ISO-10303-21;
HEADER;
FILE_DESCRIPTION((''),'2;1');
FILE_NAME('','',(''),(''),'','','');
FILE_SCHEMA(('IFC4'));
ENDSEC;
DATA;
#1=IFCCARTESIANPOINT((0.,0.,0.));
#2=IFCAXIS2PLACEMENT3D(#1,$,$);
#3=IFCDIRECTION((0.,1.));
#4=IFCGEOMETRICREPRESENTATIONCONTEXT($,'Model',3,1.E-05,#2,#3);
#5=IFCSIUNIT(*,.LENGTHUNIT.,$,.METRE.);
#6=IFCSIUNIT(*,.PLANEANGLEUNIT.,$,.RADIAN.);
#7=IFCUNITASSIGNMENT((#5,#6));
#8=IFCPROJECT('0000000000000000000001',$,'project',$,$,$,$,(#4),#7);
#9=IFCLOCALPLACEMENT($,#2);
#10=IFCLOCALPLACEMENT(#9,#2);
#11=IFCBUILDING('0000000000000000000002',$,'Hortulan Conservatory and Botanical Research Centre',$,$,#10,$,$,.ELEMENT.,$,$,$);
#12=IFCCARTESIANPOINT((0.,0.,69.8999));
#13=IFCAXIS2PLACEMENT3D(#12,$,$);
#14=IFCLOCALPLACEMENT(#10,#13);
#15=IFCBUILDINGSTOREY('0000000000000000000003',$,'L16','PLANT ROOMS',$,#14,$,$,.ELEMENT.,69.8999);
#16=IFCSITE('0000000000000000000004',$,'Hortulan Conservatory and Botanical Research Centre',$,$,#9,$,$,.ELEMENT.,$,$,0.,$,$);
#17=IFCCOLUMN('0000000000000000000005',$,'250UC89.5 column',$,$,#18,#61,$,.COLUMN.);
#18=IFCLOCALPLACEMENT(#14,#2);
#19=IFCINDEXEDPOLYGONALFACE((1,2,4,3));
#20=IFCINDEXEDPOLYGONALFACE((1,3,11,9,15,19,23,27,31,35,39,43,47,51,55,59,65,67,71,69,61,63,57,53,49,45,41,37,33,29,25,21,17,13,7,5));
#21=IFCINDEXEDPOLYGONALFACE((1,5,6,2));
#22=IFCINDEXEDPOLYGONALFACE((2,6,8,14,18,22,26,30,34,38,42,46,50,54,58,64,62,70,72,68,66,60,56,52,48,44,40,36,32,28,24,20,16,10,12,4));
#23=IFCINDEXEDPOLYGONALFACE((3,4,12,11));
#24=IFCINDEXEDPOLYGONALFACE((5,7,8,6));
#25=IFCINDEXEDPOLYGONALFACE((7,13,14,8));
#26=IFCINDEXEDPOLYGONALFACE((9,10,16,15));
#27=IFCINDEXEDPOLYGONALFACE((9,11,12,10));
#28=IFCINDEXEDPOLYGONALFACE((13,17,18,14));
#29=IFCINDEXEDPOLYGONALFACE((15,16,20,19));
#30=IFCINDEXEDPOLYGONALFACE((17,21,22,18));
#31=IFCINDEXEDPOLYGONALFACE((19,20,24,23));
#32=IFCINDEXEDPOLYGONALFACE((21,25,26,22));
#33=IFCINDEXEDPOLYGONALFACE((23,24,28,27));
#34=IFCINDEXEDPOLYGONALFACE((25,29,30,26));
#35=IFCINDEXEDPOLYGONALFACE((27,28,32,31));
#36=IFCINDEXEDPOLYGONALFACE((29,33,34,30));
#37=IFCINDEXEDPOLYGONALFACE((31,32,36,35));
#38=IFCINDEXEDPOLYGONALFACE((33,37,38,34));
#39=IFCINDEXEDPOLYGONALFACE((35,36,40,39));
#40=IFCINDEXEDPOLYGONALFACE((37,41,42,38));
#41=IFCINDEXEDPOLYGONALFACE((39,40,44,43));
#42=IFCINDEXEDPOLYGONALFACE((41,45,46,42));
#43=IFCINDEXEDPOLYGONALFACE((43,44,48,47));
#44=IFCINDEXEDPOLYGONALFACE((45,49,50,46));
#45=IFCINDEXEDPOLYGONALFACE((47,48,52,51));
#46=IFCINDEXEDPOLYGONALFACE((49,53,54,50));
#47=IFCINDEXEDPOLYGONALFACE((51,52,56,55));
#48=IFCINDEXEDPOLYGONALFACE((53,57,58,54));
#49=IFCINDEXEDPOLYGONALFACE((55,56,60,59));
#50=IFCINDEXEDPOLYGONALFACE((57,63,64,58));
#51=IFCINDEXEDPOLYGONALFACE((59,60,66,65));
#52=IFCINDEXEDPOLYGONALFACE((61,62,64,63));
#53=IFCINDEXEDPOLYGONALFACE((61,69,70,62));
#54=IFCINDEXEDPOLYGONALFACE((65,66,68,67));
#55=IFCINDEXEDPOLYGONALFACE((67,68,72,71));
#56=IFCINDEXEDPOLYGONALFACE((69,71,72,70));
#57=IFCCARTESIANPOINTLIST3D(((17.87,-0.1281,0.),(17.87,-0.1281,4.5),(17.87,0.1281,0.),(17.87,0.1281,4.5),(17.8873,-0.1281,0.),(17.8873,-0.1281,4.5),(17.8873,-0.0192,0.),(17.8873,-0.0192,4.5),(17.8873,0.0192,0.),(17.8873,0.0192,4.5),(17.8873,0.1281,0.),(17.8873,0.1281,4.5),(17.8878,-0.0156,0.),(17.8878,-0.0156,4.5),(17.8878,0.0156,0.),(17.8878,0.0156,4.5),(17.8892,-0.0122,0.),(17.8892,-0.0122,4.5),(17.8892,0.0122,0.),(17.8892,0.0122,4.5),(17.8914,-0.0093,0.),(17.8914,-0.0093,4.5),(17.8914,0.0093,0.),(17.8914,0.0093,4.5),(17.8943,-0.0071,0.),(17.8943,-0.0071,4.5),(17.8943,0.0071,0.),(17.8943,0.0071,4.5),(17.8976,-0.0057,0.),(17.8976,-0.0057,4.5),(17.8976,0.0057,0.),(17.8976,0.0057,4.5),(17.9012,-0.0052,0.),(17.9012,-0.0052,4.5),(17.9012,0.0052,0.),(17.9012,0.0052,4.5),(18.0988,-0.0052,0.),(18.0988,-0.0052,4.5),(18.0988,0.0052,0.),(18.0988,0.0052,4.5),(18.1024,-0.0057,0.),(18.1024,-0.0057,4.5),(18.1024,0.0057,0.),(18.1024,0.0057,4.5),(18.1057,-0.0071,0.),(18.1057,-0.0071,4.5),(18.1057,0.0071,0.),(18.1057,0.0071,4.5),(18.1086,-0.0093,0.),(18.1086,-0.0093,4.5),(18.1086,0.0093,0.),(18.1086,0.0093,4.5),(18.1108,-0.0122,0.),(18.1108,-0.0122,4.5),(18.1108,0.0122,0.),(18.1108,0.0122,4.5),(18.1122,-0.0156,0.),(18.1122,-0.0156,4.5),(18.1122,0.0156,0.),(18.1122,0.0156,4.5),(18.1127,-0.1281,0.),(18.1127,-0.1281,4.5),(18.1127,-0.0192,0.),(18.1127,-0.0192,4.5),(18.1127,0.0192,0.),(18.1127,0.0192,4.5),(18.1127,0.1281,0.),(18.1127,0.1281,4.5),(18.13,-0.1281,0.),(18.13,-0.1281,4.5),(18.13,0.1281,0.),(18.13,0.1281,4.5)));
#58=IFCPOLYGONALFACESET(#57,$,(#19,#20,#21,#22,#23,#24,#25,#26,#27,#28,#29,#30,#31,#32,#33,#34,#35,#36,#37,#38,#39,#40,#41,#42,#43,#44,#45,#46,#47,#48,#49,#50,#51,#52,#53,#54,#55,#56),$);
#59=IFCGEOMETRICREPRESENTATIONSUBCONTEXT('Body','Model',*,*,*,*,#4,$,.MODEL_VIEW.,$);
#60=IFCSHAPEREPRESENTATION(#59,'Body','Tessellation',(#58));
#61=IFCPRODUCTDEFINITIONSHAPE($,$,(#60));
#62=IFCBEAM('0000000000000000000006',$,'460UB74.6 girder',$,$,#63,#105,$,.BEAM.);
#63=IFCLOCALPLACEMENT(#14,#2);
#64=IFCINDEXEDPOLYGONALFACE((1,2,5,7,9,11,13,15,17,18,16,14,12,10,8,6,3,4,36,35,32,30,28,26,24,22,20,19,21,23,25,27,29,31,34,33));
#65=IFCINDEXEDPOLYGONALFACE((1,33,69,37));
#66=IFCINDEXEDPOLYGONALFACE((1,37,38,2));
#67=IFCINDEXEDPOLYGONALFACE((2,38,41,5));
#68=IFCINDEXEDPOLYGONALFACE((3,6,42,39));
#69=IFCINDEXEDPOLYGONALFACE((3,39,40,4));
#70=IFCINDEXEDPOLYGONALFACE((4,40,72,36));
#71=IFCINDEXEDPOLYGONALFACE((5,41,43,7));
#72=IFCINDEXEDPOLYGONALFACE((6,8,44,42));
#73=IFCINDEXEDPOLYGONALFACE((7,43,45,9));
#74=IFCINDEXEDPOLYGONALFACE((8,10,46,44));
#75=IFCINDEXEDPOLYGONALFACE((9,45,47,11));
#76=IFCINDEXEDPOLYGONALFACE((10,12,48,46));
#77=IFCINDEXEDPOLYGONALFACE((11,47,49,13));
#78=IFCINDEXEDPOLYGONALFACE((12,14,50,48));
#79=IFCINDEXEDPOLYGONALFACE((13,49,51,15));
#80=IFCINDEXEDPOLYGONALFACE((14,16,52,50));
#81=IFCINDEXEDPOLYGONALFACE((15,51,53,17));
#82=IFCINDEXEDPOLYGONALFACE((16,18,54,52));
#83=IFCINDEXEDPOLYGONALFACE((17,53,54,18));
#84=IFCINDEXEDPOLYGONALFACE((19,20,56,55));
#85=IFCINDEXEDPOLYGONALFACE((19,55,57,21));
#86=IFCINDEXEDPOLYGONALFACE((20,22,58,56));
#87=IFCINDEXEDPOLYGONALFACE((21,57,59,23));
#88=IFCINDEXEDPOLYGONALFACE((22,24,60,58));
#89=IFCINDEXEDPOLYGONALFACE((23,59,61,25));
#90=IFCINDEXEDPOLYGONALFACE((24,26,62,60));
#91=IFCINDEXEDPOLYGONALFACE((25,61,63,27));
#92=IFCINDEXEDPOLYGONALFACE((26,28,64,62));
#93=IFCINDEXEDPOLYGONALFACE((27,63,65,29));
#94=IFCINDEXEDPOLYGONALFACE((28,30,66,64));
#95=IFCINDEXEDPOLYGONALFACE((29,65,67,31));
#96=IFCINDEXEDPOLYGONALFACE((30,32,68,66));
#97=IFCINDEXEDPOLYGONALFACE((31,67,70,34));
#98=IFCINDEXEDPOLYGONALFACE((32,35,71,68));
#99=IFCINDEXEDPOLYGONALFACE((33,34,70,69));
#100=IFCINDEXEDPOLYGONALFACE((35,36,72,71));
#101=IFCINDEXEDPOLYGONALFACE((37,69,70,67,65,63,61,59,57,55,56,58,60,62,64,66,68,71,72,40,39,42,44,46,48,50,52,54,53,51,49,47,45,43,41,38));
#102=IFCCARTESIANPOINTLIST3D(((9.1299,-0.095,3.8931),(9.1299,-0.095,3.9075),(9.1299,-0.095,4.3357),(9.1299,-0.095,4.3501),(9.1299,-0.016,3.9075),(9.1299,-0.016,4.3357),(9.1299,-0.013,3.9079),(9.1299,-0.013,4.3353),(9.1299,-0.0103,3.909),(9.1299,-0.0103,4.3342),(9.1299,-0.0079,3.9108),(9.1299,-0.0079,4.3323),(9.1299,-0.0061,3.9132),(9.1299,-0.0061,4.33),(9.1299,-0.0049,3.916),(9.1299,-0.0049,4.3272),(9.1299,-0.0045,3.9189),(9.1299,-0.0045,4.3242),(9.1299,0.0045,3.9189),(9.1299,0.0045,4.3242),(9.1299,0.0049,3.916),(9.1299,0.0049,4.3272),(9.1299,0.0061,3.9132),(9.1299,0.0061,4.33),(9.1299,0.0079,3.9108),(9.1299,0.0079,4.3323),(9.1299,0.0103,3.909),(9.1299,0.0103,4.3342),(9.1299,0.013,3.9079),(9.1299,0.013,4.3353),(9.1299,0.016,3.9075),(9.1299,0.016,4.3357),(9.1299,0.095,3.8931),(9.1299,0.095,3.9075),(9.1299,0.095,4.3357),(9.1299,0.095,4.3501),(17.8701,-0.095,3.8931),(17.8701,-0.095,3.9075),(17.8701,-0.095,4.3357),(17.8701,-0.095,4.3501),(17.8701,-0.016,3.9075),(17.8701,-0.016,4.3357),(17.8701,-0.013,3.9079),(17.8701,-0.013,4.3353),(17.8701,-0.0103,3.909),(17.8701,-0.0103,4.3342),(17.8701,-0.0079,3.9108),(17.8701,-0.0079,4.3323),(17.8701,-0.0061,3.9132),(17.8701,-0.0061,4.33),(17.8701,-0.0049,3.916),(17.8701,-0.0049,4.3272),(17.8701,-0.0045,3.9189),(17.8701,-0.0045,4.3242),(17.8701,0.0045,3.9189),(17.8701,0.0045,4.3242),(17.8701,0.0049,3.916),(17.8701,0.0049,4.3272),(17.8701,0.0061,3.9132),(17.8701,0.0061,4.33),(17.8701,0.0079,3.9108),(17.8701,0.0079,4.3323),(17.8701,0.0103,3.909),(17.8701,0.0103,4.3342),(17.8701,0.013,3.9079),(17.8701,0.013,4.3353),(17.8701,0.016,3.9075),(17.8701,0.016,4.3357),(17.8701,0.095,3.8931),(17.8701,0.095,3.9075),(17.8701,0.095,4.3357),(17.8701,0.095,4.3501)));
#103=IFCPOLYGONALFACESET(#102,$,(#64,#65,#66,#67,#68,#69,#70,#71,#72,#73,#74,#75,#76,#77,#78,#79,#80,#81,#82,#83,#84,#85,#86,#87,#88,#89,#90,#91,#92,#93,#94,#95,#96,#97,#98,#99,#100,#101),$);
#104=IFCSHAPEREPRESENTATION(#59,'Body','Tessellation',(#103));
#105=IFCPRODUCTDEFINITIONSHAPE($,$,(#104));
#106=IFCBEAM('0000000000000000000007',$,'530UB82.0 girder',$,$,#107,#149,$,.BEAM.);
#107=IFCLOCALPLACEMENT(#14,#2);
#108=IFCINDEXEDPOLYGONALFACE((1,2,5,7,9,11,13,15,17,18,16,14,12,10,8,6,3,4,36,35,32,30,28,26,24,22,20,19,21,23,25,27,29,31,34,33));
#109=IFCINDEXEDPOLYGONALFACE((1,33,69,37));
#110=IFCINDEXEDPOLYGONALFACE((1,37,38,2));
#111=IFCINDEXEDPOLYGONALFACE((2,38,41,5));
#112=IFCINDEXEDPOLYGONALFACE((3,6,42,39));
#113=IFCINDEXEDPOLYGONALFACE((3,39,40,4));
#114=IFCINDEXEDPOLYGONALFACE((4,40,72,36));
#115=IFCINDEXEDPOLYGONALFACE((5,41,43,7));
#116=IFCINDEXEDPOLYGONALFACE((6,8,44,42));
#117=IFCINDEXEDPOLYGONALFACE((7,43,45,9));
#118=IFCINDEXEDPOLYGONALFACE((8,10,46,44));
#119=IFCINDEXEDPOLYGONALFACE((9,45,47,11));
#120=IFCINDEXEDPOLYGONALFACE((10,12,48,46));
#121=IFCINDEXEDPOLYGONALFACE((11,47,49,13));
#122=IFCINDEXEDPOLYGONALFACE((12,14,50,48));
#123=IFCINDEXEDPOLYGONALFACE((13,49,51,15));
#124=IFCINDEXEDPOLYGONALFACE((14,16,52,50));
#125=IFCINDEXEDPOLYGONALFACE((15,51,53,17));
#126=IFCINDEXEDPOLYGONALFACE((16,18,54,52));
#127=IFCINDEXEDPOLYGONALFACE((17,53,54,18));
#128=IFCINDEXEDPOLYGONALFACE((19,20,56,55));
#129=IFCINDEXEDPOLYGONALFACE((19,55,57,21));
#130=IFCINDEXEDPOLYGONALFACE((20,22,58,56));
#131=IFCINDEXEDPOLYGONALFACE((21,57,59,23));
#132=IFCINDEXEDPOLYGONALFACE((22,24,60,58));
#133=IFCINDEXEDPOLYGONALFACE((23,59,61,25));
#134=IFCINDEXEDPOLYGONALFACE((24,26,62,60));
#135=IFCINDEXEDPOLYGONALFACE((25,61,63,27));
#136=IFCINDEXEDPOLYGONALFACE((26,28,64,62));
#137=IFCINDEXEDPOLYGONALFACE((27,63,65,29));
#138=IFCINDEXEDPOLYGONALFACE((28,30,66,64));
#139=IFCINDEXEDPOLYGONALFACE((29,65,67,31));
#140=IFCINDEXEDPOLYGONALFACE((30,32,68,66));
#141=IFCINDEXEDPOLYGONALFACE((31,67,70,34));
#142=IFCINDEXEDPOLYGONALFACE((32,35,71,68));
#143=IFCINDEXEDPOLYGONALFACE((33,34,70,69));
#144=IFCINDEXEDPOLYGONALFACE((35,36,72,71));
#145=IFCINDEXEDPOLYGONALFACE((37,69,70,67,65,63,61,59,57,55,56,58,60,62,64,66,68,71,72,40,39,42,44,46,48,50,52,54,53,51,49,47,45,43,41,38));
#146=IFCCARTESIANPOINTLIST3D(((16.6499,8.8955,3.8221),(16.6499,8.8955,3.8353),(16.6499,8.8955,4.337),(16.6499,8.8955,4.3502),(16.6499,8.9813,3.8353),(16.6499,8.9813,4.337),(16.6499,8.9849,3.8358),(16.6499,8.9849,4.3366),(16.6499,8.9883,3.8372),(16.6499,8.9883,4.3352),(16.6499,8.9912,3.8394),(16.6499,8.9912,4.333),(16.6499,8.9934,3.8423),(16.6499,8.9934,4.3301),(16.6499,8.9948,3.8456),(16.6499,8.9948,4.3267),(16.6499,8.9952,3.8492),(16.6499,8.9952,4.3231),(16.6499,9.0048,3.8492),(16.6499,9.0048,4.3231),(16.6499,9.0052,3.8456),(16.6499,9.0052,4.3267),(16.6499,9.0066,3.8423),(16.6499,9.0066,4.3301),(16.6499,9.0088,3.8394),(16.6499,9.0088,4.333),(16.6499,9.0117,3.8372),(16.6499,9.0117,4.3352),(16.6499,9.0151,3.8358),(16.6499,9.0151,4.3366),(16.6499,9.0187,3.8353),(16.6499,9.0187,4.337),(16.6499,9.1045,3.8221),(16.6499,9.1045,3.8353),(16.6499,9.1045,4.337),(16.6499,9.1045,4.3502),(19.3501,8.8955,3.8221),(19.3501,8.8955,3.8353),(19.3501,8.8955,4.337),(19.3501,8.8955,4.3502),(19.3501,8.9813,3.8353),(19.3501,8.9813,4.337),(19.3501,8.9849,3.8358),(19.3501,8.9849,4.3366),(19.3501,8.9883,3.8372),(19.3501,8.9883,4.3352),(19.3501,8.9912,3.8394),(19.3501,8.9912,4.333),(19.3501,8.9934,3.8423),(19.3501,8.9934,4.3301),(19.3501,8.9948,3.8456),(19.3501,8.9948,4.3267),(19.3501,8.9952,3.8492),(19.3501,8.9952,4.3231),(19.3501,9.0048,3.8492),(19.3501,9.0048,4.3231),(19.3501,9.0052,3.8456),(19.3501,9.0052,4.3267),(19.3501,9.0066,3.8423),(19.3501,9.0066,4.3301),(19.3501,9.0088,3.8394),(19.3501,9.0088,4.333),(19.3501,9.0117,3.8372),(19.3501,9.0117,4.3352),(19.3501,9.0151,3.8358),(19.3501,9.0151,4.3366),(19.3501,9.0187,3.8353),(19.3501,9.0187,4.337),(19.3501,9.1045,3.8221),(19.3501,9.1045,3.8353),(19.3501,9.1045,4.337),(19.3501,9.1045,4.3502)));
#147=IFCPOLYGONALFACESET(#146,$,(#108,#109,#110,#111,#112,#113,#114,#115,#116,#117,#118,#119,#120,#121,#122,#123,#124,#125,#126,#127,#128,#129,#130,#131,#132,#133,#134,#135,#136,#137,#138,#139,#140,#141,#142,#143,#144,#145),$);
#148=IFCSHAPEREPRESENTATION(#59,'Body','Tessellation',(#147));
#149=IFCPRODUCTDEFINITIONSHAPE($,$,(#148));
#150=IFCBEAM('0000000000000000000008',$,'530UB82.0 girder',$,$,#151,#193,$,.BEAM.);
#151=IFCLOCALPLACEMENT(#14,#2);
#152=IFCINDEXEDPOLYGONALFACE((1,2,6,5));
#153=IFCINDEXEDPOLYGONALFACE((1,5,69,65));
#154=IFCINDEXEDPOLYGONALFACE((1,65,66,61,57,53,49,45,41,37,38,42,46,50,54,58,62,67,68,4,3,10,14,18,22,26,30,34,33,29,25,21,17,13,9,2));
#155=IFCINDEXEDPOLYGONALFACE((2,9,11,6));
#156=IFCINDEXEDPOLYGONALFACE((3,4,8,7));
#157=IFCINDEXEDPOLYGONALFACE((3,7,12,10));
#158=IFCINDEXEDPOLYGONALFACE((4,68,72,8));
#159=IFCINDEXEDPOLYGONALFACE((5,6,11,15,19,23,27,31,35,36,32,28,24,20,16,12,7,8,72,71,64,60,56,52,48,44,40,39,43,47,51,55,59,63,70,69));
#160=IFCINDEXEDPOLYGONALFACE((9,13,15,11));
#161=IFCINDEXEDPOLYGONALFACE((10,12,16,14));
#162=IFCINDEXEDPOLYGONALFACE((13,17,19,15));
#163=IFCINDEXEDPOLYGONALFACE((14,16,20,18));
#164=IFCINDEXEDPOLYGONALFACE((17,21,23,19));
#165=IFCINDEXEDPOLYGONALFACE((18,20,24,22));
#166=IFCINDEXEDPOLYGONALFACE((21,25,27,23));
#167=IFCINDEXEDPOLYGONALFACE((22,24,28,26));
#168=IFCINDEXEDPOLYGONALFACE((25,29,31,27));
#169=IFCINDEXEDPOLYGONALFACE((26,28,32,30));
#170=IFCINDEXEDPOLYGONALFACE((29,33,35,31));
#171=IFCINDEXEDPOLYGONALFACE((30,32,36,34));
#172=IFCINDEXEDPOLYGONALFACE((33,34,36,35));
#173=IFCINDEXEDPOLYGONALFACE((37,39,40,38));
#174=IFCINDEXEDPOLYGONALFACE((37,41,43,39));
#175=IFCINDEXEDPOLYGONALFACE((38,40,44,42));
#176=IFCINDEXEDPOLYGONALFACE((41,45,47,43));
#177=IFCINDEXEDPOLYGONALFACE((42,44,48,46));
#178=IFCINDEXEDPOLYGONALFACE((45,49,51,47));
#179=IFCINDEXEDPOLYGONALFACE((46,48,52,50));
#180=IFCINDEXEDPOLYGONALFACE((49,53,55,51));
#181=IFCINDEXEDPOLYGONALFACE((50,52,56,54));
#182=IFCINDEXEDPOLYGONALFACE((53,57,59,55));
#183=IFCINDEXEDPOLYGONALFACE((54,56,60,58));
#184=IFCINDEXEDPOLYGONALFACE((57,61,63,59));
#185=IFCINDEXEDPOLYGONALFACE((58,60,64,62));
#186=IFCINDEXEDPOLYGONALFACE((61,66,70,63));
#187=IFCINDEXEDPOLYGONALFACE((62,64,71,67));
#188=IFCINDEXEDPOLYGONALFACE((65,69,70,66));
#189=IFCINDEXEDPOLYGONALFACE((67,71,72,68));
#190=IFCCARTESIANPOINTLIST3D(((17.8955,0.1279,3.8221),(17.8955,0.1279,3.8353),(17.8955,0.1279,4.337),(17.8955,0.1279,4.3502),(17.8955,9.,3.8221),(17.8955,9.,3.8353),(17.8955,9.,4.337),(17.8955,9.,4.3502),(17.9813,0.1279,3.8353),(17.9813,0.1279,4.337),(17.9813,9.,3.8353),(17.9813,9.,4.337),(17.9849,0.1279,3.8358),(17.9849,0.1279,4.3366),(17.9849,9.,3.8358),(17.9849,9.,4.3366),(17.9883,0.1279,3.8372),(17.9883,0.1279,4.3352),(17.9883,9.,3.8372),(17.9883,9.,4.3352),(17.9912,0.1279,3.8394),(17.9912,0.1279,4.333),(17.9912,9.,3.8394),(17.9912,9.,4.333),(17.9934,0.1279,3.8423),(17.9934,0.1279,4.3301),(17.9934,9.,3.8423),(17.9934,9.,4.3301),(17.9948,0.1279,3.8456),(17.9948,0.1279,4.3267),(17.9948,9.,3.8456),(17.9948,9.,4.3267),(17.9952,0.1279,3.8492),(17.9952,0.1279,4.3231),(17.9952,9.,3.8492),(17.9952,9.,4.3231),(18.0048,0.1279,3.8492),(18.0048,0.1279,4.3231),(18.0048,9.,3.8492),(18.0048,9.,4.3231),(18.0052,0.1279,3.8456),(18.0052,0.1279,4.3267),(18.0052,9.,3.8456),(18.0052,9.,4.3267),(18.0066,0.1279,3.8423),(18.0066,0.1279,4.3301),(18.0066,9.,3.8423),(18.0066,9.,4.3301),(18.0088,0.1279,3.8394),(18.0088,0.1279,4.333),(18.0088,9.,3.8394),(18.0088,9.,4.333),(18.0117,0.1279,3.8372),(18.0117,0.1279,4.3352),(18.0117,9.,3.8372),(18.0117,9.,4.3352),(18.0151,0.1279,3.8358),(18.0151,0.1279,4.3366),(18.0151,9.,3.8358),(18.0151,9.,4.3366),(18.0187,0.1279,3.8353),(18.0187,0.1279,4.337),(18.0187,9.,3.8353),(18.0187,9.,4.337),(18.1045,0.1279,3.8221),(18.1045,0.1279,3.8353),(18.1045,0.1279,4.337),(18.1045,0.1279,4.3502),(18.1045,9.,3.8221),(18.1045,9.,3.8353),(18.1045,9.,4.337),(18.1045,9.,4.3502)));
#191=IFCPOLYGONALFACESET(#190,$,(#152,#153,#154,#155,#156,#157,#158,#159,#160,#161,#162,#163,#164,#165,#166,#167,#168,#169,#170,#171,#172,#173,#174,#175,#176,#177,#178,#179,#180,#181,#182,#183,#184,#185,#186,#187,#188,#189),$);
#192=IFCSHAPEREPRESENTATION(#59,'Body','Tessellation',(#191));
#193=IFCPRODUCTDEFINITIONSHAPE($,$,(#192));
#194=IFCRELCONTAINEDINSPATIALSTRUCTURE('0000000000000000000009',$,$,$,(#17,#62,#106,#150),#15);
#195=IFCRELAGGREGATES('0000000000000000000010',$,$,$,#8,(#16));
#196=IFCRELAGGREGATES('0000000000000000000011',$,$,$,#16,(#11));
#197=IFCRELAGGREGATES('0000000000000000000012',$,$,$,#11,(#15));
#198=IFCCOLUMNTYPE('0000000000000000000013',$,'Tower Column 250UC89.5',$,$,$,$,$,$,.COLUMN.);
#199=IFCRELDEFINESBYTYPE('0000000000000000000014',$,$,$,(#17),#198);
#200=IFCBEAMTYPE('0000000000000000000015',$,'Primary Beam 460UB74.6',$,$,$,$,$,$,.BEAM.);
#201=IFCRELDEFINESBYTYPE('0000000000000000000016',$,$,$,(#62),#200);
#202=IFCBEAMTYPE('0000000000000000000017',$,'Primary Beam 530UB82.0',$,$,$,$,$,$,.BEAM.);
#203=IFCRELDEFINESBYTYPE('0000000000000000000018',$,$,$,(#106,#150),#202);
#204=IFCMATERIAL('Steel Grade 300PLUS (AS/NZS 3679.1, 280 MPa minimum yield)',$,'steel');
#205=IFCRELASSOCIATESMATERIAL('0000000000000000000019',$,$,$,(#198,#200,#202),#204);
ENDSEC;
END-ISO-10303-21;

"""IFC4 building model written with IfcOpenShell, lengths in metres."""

from ifc_helpers import new_model, si_unit, direction, frame, origin, origin_2d, place, context, subcontext, project, spatial, i_section, extrude, material, material_profile, profile_set, type_object, element, save


model = new_model("IFC4")

# Units and contexts
model_context = context("Model", 3, precision=1e-05, world=origin(), true_north=direction((0.0, 1.0)))
body_context = subcontext(model_context, "Body", "Model", "MODEL_VIEW")
ifc_project = project(units=[si_unit("LENGTHUNIT", "METRE"), si_unit("PLANEANGLEUNIT", "RADIAN")], contexts=[model_context])

# Site, building, storey
site_placement = place(None, origin())
site = spatial("IfcSite", under=ifc_project, at=site_placement, Name="Hortulan Conservatory and Botanical Research Centre", CompositionType="ELEMENT", RefElevation=0.0)
building_placement = place(site_placement, origin())
building = spatial("IfcBuilding", under=site, at=building_placement, Name="Hortulan Conservatory and Botanical Research Centre", CompositionType="ELEMENT")
storey_placement = place(building_placement, frame((0.0, 0.0, 69.8999)))
storey = spatial("IfcBuildingStorey", under=building, at=storey_placement, Name="L16", Description="PLANT ROOMS", CompositionType="ELEMENT", Elevation=69.8999)

# Column
ifc_material_1 = material(Name="Steel Grade 300PLUS (AS/NZS 3679.1, 280 MPa minimum yield)", Category="steel")
ifc_material_profile_1 = material_profile(ifc_material_1, i_section(OverallWidth=0.2561, OverallDepth=0.26, WebThickness=0.0105, FlangeThickness=0.0173, FilletRadius=0.0139, at=origin_2d()), Name="250UC89.5")
ifc_profile_set_1 = profile_set([ifc_material_profile_1], Name="Steel Grade 300PLUS (AS/NZS 3679.1, 280 MPa minimum yield)")
column_type = type_object("IfcColumnType", Name="Tower Column 250UC89.5", PredefinedType="COLUMN", material=ifc_profile_set_1)
column_placement = place(storey_placement, frame((18.0, 0.0, 0.0), z_axis=(0.0, 0.0, 1.0), x_axis=(0.0, 1.0, 0.0)))
element("IfcColumn", 1, at=column_placement, inside=storey, type_object=column_type, Name="250UC89.5 column", PredefinedType="COLUMN", context=body_context, shape_type="SweptSolid", body=[
    extrude(i_section(OverallWidth=0.2561, OverallDepth=0.26, WebThickness=0.0105, FlangeThickness=0.0173, FilletRadius=0.0139, at=origin_2d()), origin(), (0.0, 0.0, 1.0), 4.5),
])

# Beams
ifc_material_profile_2 = material_profile(ifc_material_1, i_section(OverallWidth=0.1899, OverallDepth=0.457, WebThickness=0.009, FlangeThickness=0.0144, FilletRadius=0.0115, at=origin_2d()), Name="460UB74.6")
ifc_profile_set_2 = profile_set([ifc_material_profile_2], Name="Steel Grade 300PLUS (AS/NZS 3679.1, 280 MPa minimum yield)")
beam_type_1 = type_object("IfcBeamType", Name="Primary Beam 460UB74.6", PredefinedType="BEAM", material=ifc_profile_set_2)
beam_1_placement = place(storey_placement, frame((9.1299, 0.0, 4.1216), z_axis=(1.0, 0.0, 0.0), x_axis=(0.0, 1.0, 0.0)))
element("IfcBeam", 2, at=beam_1_placement, inside=storey, type_object=beam_type_1, Name="460UB74.6 girder", PredefinedType="BEAM", context=body_context, shape_type="SweptSolid", body=[
    extrude(i_section(OverallWidth=0.1899, OverallDepth=0.457, WebThickness=0.009, FlangeThickness=0.0144, FilletRadius=0.0115, at=origin_2d()), origin(), (0.0, 0.0, 1.0), 8.7402),
])
ifc_material_profile_3 = material_profile(ifc_material_1, i_section(OverallWidth=0.209, OverallDepth=0.5281, WebThickness=0.0095, FlangeThickness=0.0132, FilletRadius=0.0139, at=origin_2d()), Name="530UB82.0")
ifc_profile_set_3 = profile_set([ifc_material_profile_3], Name="Steel Grade 300PLUS (AS/NZS 3679.1, 280 MPa minimum yield)")
beam_type_2 = type_object("IfcBeamType", Name="Primary Beam 530UB82.0", PredefinedType="BEAM", material=ifc_profile_set_3)
beam_2_placement = place(storey_placement, frame((16.6499, 9.0, 4.0862), z_axis=(1.0, 0.0, 0.0), x_axis=(0.0, 1.0, 0.0)))
element("IfcBeam", 3, at=beam_2_placement, inside=storey, type_object=beam_type_2, Name="530UB82.0 girder", PredefinedType="BEAM", context=body_context, shape_type="SweptSolid", body=[
    extrude(i_section(OverallWidth=0.209, OverallDepth=0.5281, WebThickness=0.0095, FlangeThickness=0.0132, FilletRadius=0.0139, at=origin_2d()), origin(), (0.0, 0.0, 1.0), 2.7002),
])
beam_3_placement = place(storey_placement, frame((18.0, 0.1279, 4.0862), z_axis=(0.0, 1.0, 0.0), x_axis=(-1.0, 0.0, 0.0)))
element("IfcBeam", 4, at=beam_3_placement, inside=storey, type_object=beam_type_2, Name="530UB82.0 girder", PredefinedType="BEAM", context=body_context, shape_type="SweptSolid", body=[
    extrude(i_section(OverallWidth=0.209, OverallDepth=0.5281, WebThickness=0.0095, FlangeThickness=0.0132, FilletRadius=0.0139, at=origin_2d()), origin(), (0.0, 0.0, 1.0), 8.8721),
])

save(model, "model.ifc")
